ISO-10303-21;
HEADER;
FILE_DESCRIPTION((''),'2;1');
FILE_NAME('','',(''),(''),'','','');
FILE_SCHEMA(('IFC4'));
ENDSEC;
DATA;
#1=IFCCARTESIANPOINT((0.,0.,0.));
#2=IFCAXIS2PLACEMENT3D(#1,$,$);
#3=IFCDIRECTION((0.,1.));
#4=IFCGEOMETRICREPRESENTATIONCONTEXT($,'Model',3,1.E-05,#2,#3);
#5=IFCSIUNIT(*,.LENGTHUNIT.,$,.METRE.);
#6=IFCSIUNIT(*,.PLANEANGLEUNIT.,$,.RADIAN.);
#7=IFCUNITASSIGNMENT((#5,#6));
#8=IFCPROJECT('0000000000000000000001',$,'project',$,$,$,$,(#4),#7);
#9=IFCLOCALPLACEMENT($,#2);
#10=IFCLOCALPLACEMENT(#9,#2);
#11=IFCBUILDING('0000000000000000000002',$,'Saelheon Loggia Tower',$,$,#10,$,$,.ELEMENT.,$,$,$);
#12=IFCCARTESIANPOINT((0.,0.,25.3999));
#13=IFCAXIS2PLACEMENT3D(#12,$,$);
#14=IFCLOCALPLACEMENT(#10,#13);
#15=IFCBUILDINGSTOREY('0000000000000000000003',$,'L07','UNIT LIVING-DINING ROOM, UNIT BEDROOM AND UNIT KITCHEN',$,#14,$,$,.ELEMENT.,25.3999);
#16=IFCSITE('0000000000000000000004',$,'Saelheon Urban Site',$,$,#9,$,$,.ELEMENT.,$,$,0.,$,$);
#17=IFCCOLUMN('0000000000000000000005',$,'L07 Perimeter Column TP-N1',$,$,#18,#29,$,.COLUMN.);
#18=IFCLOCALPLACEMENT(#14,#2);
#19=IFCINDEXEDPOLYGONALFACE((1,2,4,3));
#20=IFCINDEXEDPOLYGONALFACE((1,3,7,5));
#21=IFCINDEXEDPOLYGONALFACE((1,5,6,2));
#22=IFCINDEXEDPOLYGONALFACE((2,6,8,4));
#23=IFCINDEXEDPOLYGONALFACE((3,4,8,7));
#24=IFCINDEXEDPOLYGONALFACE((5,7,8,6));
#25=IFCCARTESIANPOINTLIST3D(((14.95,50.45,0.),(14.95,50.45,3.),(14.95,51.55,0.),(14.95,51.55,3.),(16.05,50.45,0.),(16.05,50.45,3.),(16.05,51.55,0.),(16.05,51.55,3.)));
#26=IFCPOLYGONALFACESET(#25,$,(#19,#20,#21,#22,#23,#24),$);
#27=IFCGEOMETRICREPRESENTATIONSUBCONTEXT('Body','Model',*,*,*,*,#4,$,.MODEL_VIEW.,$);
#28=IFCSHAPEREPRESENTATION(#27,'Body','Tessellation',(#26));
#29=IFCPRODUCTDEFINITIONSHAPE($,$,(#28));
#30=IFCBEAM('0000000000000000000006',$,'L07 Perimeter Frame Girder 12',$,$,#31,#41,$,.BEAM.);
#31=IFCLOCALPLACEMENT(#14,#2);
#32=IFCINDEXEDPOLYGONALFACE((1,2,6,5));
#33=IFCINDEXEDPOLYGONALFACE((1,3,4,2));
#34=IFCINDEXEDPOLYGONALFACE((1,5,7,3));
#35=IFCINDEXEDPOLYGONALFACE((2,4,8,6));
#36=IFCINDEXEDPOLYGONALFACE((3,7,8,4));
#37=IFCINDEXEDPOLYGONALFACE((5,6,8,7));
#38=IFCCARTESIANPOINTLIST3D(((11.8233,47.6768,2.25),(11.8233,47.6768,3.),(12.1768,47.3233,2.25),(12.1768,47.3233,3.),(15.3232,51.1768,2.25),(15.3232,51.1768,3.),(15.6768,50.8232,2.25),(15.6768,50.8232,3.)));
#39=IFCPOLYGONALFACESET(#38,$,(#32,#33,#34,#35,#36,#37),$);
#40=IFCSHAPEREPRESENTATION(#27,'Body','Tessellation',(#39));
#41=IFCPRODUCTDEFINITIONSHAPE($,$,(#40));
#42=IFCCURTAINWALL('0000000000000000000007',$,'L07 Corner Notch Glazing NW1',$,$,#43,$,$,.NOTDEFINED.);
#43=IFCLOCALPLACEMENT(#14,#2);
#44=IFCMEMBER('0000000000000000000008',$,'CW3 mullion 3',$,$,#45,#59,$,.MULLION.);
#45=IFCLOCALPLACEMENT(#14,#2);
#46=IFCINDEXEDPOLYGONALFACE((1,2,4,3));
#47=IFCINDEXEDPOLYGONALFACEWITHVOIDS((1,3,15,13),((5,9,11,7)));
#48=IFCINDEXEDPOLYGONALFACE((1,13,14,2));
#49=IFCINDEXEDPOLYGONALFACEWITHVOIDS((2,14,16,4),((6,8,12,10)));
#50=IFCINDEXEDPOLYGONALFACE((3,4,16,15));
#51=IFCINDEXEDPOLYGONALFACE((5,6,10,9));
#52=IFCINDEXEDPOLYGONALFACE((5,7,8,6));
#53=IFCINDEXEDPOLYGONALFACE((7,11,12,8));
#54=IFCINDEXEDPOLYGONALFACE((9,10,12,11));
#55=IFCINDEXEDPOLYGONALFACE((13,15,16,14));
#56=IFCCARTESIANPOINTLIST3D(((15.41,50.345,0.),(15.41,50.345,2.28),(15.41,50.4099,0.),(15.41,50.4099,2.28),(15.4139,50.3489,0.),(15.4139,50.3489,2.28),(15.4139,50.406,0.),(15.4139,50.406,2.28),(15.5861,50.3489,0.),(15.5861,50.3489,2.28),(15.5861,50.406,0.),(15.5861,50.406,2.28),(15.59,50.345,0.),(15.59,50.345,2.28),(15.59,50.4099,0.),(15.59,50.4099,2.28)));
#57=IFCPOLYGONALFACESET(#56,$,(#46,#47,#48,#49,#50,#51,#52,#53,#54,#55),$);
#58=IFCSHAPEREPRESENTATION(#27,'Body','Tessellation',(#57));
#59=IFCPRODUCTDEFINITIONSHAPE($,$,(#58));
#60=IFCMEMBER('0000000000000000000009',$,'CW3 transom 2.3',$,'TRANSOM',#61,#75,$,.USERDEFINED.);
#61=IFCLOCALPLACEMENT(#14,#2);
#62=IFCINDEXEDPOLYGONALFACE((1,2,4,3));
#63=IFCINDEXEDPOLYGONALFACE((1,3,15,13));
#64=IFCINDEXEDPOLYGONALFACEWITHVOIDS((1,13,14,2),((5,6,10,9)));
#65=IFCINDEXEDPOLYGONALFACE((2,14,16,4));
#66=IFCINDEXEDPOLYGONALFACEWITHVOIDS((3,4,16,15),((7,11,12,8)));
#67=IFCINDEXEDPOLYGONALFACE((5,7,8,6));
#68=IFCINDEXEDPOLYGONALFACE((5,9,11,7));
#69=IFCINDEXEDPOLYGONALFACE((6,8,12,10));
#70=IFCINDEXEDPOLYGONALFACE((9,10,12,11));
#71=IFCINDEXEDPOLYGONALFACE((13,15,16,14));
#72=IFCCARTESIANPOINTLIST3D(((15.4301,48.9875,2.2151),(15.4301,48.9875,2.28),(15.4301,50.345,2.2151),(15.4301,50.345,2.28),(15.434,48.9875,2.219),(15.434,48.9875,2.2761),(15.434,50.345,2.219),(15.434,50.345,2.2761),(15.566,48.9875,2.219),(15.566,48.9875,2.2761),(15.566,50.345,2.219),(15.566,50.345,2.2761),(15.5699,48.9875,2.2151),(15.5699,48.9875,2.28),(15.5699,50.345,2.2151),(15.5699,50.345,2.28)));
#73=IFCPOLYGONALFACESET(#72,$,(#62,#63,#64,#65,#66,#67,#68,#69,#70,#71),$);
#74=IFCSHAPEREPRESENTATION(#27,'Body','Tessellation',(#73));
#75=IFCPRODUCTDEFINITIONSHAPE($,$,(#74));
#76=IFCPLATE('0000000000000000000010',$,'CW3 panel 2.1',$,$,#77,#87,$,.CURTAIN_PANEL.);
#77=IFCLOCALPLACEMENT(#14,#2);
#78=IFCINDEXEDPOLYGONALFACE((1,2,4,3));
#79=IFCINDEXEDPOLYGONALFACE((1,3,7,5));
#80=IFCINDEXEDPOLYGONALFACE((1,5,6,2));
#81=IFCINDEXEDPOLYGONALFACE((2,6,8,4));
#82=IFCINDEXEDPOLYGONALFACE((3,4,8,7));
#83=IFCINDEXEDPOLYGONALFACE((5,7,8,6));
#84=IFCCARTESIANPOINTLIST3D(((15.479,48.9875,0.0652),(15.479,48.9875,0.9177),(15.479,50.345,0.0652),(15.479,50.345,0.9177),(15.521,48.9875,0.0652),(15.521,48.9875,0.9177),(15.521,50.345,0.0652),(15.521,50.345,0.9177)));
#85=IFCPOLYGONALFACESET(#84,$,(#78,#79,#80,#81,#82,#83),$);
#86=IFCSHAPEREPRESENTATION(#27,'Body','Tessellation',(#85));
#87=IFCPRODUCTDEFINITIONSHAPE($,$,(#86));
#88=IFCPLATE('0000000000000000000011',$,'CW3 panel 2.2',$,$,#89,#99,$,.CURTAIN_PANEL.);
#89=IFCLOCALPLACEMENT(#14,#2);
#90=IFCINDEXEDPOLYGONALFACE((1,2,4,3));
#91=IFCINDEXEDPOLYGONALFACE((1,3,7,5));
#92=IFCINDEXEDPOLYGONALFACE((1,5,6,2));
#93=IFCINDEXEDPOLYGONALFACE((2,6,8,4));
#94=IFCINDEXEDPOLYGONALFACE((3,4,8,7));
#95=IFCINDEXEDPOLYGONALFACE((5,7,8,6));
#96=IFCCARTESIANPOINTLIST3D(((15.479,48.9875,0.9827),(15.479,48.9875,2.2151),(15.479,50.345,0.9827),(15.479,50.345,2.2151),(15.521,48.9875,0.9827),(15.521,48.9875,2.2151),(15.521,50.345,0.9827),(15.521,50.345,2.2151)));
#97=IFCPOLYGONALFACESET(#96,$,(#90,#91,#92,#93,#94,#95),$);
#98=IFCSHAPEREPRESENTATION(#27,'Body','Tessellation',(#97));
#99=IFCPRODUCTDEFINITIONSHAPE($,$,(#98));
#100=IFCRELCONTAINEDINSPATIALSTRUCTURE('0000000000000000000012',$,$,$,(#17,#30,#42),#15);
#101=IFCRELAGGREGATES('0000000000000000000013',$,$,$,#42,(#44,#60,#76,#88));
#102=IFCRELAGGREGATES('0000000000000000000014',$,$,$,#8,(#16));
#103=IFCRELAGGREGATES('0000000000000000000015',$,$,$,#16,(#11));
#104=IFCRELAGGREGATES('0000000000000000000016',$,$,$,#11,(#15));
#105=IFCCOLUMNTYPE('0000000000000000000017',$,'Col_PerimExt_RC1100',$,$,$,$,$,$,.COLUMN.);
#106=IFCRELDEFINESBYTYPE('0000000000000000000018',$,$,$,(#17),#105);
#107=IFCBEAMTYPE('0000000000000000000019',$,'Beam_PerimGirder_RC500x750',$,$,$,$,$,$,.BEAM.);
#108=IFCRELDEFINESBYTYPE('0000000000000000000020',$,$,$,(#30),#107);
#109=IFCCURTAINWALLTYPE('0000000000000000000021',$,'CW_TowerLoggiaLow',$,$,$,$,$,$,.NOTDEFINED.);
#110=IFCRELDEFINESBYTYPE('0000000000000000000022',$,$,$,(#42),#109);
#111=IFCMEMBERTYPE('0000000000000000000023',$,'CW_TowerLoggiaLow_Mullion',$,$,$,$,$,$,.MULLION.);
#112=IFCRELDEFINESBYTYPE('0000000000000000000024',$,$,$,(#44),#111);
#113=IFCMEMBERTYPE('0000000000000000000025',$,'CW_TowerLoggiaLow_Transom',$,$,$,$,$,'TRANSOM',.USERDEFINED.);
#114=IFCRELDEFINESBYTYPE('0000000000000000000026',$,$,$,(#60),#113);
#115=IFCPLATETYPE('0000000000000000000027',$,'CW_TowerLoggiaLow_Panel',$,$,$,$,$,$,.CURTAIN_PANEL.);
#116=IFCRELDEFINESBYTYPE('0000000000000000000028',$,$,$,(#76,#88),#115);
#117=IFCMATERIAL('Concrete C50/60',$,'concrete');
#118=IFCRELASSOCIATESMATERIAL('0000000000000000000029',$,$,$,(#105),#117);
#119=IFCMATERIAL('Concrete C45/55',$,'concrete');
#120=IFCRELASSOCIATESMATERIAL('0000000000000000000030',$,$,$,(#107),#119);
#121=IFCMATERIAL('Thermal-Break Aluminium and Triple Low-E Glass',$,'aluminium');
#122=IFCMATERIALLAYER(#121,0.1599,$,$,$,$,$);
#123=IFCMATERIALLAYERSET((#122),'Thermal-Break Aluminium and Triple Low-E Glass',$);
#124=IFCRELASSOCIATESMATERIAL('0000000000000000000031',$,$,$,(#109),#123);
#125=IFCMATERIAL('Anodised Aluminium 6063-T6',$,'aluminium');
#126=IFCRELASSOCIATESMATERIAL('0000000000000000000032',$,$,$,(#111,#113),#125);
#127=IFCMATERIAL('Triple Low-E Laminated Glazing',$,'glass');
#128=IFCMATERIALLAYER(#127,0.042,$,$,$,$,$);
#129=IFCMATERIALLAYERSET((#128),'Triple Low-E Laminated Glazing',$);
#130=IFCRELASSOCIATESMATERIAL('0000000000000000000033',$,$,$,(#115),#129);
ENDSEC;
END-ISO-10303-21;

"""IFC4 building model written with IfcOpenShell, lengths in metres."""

from ifc_helpers import new_model, si_unit, direction, frame, origin, origin_2d, place, context, subcontext, project, spatial, rectangle, hollow_rectangle, extrude, source, transform, mapped, material, layer, layer_set, material_profile, profile_set, type_object, element, aggregate, save


model = new_model("IFC4")

# Units and contexts
model_context = context("Model", 3, precision=1e-05, world=origin(), true_north=direction((0.0, 1.0)))
body_context = subcontext(model_context, "Body", "Model", "MODEL_VIEW")
ifc_project = project(units=[si_unit("LENGTHUNIT", "METRE"), si_unit("PLANEANGLEUNIT", "RADIAN")], contexts=[model_context])

# Site, building, storey
site_placement = place(None, origin())
site = spatial("IfcSite", under=ifc_project, at=site_placement, Name="Saelheon Urban Site", CompositionType="ELEMENT", RefElevation=0.0)
building_placement = place(site_placement, origin())
building = spatial("IfcBuilding", under=site, at=building_placement, Name="Saelheon Loggia Tower", CompositionType="ELEMENT")
storey_placement = place(building_placement, frame((0.0, 0.0, 25.3999)))
storey = spatial("IfcBuildingStorey", under=building, at=storey_placement, Name="L07", Description="UNIT LIVING-DINING ROOM, UNIT BEDROOM AND UNIT KITCHEN", CompositionType="ELEMENT", Elevation=25.3999)

# Column
ifc_material_1 = material(Name="Concrete C50/60", Category="concrete")
ifc_material_profile_1 = material_profile(ifc_material_1, rectangle(XDim=1.1001, YDim=1.1001, at=origin_2d()), Name="RC-1100x1100")
ifc_profile_set_1 = profile_set([ifc_material_profile_1], Name="Concrete C50/60")
column_type = type_object("IfcColumnType", Name="Col_PerimExt_RC1100", PredefinedType="COLUMN", material=ifc_profile_set_1)
shared_shape_1 = source(origin(), body_context, "Body", "SweptSolid", [
    extrude(rectangle(XDim=1.1001, YDim=1.1001, at=origin_2d()), origin(), (0.0, 0.0, 1.0), 3.0),
])
column_placement = place(storey_placement, frame((15.5, 51.0, 0.0), z_axis=(0.0, 0.0, 1.0), x_axis=(1.0, 0.0, 0.0)))
element("IfcColumn", 1, at=column_placement, inside=storey, type_object=column_type, Name="L07 Perimeter Column TP-N1", PredefinedType="COLUMN", context=body_context, shape_type="MappedRepresentation", body=[
    mapped(shared_shape_1, transform((0.0, 0.0, 0.0), scale=1.0)),
])

# Beam
ifc_material_2 = material(Name="Concrete C45/55", Category="concrete")
ifc_material_profile_2 = material_profile(ifc_material_2, rectangle(XDim=0.5, YDim=0.75, at=origin_2d()), Name="RC-500x750")
ifc_profile_set_2 = profile_set([ifc_material_profile_2], Name="Concrete C45/55")
beam_type = type_object("IfcBeamType", Name="Beam_PerimGirder_RC500x750", PredefinedType="BEAM", material=ifc_profile_set_2)
shared_shape_2 = source(origin(), body_context, "Body", "SweptSolid", [
    extrude(rectangle(XDim=0.5, YDim=0.75, at=origin_2d()), origin(), (0.0, 0.0, 1.0), 4.9497),
])
beam_placement = place(storey_placement, frame((15.5, 51.0, 2.625), z_axis=(-0.707107, -0.707107, 0.0), x_axis=(0.707107, -0.707107, 0.0)))
element("IfcBeam", 2, at=beam_placement, inside=storey, type_object=beam_type, Name="L07 Perimeter Frame Girder 12", PredefinedType="BEAM", context=body_context, shape_type="MappedRepresentation", body=[
    mapped(shared_shape_2, transform((0.0, 0.0, 0.0), scale=1.0)),
])

# Curtain wall, members, plates
ifc_material_3 = material(Name="Thermal-Break Aluminium and Triple Low-E Glass", Category="aluminium")
ifc_layer_1 = layer(ifc_material_3, 0.1599)
ifc_layer_set_1 = layer_set([ifc_layer_1], Name="Thermal-Break Aluminium and Triple Low-E Glass")
curtain_wall_type = type_object("IfcCurtainWallType", Name="CW_TowerLoggiaLow", PredefinedType="NOTDEFINED", material=ifc_layer_set_1)
curtain_wall_placement = place(storey_placement, origin())
curtain_wall = element("IfcCurtainWall", 3, at=curtain_wall_placement, inside=storey, type_object=curtain_wall_type, Name="L07 Corner Notch Glazing NW1", PredefinedType="NOTDEFINED")
ifc_material_4 = material(Name="Anodised Aluminium 6063-T6", Category="aluminium")
ifc_material_profile_3 = material_profile(ifc_material_4, hollow_rectangle(XDim=0.0649, YDim=0.1799, WallThickness=0.0039, at=origin_2d()), Name="RHS-180x65x4")
ifc_profile_set_3 = profile_set([ifc_material_profile_3], Name="Anodised Aluminium 6063-T6")
member_type_1 = type_object("IfcMemberType", Name="CW_TowerLoggiaLow_Mullion", PredefinedType="MULLION", material=ifc_profile_set_3)
shared_shape_3 = source(origin(), body_context, "Body", "SweptSolid", [
    extrude(hollow_rectangle(XDim=0.0649, YDim=0.1799, WallThickness=0.0039, at=origin_2d()), origin(), (0.0, 0.0, 1.0), 2.28),
])
member_1_placement = place(storey_placement, frame((15.5, 50.3774, 0.0), z_axis=(0.0, 0.0, 1.0), x_axis=(0.0, 1.0, 0.0)))
member_1 = element("IfcMember", 4, at=member_1_placement, type_object=member_type_1, Name="CW3 mullion 3", PredefinedType="MULLION", context=body_context, shape_type="MappedRepresentation", body=[
    mapped(shared_shape_3, transform((0.0, 0.0, 0.0), scale=1.0)),
])
ifc_material_profile_4 = material_profile(ifc_material_4, hollow_rectangle(XDim=0.0649, YDim=0.1399, WallThickness=0.0039, at=origin_2d()), Name="RHS-140x65x4")
ifc_profile_set_4 = profile_set([ifc_material_profile_4], Name="Anodised Aluminium 6063-T6")
member_type_2 = type_object("IfcMemberType", Name="CW_TowerLoggiaLow_Transom", ElementType="TRANSOM", PredefinedType="USERDEFINED", material=ifc_profile_set_4)
shared_shape_4 = source(origin(), body_context, "Body", "SweptSolid", [
    extrude(hollow_rectangle(XDim=0.0649, YDim=0.1399, WallThickness=0.0039, at=origin_2d()), origin(), (0.0, 0.0, 1.0), 1.3574),
])
member_2_placement = place(storey_placement, frame((15.5, 48.9875, 2.2476), z_axis=(0.0, 1.0, 0.0), x_axis=(0.0, 0.0, 1.0)))
member_2 = element("IfcMember", 5, at=member_2_placement, type_object=member_type_2, Name="CW3 transom 2.3", ObjectType="TRANSOM", PredefinedType="USERDEFINED", context=body_context, shape_type="MappedRepresentation", body=[
    mapped(shared_shape_4, transform((0.0, 0.0, 0.0), scale=1.0)),
])
ifc_material_5 = material(Name="Triple Low-E Laminated Glazing", Category="glass")
ifc_layer_2 = layer(ifc_material_5, 0.042)
ifc_layer_set_2 = layer_set([ifc_layer_2], Name="Triple Low-E Laminated Glazing")
plate_type = type_object("IfcPlateType", Name="CW_TowerLoggiaLow_Panel", PredefinedType="CURTAIN_PANEL", material=ifc_layer_set_2)
shared_shape_5 = source(origin(), body_context, "Body", "SweptSolid", [
    extrude(rectangle(XDim=1.3574, YDim=0.042, at=origin_2d()), origin(), (0.0, 0.0, 1.0), 0.8525),
])
plate_1_placement = place(storey_placement, frame((15.5, 49.6663, 0.0652), z_axis=(0.0, 0.0, 1.0), x_axis=(0.0, 1.0, 0.0)))
plate_1 = element("IfcPlate", 6, at=plate_1_placement, type_object=plate_type, Name="CW3 panel 2.1", PredefinedType="CURTAIN_PANEL", context=body_context, shape_type="MappedRepresentation", body=[
    mapped(shared_shape_5, transform((0.0, 0.0, 0.0), scale=1.0)),
])
shared_shape_6 = source(origin(), body_context, "Body", "SweptSolid", [
    extrude(rectangle(XDim=1.3574, YDim=0.042, at=origin_2d()), origin(), (0.0, 0.0, 1.0), 1.2324),
])
plate_2_placement = place(storey_placement, frame((15.5, 49.6663, 0.9827), z_axis=(0.0, 0.0, 1.0), x_axis=(0.0, 1.0, 0.0)))
plate_2 = element("IfcPlate", 7, at=plate_2_placement, type_object=plate_type, Name="CW3 panel 2.2", PredefinedType="CURTAIN_PANEL", context=body_context, shape_type="MappedRepresentation", body=[
    mapped(shared_shape_6, transform((0.0, 0.0, 0.0), scale=1.0)),
])
aggregate(curtain_wall, [member_1, member_2, plate_1, plate_2])

save(model, "model.ifc")
